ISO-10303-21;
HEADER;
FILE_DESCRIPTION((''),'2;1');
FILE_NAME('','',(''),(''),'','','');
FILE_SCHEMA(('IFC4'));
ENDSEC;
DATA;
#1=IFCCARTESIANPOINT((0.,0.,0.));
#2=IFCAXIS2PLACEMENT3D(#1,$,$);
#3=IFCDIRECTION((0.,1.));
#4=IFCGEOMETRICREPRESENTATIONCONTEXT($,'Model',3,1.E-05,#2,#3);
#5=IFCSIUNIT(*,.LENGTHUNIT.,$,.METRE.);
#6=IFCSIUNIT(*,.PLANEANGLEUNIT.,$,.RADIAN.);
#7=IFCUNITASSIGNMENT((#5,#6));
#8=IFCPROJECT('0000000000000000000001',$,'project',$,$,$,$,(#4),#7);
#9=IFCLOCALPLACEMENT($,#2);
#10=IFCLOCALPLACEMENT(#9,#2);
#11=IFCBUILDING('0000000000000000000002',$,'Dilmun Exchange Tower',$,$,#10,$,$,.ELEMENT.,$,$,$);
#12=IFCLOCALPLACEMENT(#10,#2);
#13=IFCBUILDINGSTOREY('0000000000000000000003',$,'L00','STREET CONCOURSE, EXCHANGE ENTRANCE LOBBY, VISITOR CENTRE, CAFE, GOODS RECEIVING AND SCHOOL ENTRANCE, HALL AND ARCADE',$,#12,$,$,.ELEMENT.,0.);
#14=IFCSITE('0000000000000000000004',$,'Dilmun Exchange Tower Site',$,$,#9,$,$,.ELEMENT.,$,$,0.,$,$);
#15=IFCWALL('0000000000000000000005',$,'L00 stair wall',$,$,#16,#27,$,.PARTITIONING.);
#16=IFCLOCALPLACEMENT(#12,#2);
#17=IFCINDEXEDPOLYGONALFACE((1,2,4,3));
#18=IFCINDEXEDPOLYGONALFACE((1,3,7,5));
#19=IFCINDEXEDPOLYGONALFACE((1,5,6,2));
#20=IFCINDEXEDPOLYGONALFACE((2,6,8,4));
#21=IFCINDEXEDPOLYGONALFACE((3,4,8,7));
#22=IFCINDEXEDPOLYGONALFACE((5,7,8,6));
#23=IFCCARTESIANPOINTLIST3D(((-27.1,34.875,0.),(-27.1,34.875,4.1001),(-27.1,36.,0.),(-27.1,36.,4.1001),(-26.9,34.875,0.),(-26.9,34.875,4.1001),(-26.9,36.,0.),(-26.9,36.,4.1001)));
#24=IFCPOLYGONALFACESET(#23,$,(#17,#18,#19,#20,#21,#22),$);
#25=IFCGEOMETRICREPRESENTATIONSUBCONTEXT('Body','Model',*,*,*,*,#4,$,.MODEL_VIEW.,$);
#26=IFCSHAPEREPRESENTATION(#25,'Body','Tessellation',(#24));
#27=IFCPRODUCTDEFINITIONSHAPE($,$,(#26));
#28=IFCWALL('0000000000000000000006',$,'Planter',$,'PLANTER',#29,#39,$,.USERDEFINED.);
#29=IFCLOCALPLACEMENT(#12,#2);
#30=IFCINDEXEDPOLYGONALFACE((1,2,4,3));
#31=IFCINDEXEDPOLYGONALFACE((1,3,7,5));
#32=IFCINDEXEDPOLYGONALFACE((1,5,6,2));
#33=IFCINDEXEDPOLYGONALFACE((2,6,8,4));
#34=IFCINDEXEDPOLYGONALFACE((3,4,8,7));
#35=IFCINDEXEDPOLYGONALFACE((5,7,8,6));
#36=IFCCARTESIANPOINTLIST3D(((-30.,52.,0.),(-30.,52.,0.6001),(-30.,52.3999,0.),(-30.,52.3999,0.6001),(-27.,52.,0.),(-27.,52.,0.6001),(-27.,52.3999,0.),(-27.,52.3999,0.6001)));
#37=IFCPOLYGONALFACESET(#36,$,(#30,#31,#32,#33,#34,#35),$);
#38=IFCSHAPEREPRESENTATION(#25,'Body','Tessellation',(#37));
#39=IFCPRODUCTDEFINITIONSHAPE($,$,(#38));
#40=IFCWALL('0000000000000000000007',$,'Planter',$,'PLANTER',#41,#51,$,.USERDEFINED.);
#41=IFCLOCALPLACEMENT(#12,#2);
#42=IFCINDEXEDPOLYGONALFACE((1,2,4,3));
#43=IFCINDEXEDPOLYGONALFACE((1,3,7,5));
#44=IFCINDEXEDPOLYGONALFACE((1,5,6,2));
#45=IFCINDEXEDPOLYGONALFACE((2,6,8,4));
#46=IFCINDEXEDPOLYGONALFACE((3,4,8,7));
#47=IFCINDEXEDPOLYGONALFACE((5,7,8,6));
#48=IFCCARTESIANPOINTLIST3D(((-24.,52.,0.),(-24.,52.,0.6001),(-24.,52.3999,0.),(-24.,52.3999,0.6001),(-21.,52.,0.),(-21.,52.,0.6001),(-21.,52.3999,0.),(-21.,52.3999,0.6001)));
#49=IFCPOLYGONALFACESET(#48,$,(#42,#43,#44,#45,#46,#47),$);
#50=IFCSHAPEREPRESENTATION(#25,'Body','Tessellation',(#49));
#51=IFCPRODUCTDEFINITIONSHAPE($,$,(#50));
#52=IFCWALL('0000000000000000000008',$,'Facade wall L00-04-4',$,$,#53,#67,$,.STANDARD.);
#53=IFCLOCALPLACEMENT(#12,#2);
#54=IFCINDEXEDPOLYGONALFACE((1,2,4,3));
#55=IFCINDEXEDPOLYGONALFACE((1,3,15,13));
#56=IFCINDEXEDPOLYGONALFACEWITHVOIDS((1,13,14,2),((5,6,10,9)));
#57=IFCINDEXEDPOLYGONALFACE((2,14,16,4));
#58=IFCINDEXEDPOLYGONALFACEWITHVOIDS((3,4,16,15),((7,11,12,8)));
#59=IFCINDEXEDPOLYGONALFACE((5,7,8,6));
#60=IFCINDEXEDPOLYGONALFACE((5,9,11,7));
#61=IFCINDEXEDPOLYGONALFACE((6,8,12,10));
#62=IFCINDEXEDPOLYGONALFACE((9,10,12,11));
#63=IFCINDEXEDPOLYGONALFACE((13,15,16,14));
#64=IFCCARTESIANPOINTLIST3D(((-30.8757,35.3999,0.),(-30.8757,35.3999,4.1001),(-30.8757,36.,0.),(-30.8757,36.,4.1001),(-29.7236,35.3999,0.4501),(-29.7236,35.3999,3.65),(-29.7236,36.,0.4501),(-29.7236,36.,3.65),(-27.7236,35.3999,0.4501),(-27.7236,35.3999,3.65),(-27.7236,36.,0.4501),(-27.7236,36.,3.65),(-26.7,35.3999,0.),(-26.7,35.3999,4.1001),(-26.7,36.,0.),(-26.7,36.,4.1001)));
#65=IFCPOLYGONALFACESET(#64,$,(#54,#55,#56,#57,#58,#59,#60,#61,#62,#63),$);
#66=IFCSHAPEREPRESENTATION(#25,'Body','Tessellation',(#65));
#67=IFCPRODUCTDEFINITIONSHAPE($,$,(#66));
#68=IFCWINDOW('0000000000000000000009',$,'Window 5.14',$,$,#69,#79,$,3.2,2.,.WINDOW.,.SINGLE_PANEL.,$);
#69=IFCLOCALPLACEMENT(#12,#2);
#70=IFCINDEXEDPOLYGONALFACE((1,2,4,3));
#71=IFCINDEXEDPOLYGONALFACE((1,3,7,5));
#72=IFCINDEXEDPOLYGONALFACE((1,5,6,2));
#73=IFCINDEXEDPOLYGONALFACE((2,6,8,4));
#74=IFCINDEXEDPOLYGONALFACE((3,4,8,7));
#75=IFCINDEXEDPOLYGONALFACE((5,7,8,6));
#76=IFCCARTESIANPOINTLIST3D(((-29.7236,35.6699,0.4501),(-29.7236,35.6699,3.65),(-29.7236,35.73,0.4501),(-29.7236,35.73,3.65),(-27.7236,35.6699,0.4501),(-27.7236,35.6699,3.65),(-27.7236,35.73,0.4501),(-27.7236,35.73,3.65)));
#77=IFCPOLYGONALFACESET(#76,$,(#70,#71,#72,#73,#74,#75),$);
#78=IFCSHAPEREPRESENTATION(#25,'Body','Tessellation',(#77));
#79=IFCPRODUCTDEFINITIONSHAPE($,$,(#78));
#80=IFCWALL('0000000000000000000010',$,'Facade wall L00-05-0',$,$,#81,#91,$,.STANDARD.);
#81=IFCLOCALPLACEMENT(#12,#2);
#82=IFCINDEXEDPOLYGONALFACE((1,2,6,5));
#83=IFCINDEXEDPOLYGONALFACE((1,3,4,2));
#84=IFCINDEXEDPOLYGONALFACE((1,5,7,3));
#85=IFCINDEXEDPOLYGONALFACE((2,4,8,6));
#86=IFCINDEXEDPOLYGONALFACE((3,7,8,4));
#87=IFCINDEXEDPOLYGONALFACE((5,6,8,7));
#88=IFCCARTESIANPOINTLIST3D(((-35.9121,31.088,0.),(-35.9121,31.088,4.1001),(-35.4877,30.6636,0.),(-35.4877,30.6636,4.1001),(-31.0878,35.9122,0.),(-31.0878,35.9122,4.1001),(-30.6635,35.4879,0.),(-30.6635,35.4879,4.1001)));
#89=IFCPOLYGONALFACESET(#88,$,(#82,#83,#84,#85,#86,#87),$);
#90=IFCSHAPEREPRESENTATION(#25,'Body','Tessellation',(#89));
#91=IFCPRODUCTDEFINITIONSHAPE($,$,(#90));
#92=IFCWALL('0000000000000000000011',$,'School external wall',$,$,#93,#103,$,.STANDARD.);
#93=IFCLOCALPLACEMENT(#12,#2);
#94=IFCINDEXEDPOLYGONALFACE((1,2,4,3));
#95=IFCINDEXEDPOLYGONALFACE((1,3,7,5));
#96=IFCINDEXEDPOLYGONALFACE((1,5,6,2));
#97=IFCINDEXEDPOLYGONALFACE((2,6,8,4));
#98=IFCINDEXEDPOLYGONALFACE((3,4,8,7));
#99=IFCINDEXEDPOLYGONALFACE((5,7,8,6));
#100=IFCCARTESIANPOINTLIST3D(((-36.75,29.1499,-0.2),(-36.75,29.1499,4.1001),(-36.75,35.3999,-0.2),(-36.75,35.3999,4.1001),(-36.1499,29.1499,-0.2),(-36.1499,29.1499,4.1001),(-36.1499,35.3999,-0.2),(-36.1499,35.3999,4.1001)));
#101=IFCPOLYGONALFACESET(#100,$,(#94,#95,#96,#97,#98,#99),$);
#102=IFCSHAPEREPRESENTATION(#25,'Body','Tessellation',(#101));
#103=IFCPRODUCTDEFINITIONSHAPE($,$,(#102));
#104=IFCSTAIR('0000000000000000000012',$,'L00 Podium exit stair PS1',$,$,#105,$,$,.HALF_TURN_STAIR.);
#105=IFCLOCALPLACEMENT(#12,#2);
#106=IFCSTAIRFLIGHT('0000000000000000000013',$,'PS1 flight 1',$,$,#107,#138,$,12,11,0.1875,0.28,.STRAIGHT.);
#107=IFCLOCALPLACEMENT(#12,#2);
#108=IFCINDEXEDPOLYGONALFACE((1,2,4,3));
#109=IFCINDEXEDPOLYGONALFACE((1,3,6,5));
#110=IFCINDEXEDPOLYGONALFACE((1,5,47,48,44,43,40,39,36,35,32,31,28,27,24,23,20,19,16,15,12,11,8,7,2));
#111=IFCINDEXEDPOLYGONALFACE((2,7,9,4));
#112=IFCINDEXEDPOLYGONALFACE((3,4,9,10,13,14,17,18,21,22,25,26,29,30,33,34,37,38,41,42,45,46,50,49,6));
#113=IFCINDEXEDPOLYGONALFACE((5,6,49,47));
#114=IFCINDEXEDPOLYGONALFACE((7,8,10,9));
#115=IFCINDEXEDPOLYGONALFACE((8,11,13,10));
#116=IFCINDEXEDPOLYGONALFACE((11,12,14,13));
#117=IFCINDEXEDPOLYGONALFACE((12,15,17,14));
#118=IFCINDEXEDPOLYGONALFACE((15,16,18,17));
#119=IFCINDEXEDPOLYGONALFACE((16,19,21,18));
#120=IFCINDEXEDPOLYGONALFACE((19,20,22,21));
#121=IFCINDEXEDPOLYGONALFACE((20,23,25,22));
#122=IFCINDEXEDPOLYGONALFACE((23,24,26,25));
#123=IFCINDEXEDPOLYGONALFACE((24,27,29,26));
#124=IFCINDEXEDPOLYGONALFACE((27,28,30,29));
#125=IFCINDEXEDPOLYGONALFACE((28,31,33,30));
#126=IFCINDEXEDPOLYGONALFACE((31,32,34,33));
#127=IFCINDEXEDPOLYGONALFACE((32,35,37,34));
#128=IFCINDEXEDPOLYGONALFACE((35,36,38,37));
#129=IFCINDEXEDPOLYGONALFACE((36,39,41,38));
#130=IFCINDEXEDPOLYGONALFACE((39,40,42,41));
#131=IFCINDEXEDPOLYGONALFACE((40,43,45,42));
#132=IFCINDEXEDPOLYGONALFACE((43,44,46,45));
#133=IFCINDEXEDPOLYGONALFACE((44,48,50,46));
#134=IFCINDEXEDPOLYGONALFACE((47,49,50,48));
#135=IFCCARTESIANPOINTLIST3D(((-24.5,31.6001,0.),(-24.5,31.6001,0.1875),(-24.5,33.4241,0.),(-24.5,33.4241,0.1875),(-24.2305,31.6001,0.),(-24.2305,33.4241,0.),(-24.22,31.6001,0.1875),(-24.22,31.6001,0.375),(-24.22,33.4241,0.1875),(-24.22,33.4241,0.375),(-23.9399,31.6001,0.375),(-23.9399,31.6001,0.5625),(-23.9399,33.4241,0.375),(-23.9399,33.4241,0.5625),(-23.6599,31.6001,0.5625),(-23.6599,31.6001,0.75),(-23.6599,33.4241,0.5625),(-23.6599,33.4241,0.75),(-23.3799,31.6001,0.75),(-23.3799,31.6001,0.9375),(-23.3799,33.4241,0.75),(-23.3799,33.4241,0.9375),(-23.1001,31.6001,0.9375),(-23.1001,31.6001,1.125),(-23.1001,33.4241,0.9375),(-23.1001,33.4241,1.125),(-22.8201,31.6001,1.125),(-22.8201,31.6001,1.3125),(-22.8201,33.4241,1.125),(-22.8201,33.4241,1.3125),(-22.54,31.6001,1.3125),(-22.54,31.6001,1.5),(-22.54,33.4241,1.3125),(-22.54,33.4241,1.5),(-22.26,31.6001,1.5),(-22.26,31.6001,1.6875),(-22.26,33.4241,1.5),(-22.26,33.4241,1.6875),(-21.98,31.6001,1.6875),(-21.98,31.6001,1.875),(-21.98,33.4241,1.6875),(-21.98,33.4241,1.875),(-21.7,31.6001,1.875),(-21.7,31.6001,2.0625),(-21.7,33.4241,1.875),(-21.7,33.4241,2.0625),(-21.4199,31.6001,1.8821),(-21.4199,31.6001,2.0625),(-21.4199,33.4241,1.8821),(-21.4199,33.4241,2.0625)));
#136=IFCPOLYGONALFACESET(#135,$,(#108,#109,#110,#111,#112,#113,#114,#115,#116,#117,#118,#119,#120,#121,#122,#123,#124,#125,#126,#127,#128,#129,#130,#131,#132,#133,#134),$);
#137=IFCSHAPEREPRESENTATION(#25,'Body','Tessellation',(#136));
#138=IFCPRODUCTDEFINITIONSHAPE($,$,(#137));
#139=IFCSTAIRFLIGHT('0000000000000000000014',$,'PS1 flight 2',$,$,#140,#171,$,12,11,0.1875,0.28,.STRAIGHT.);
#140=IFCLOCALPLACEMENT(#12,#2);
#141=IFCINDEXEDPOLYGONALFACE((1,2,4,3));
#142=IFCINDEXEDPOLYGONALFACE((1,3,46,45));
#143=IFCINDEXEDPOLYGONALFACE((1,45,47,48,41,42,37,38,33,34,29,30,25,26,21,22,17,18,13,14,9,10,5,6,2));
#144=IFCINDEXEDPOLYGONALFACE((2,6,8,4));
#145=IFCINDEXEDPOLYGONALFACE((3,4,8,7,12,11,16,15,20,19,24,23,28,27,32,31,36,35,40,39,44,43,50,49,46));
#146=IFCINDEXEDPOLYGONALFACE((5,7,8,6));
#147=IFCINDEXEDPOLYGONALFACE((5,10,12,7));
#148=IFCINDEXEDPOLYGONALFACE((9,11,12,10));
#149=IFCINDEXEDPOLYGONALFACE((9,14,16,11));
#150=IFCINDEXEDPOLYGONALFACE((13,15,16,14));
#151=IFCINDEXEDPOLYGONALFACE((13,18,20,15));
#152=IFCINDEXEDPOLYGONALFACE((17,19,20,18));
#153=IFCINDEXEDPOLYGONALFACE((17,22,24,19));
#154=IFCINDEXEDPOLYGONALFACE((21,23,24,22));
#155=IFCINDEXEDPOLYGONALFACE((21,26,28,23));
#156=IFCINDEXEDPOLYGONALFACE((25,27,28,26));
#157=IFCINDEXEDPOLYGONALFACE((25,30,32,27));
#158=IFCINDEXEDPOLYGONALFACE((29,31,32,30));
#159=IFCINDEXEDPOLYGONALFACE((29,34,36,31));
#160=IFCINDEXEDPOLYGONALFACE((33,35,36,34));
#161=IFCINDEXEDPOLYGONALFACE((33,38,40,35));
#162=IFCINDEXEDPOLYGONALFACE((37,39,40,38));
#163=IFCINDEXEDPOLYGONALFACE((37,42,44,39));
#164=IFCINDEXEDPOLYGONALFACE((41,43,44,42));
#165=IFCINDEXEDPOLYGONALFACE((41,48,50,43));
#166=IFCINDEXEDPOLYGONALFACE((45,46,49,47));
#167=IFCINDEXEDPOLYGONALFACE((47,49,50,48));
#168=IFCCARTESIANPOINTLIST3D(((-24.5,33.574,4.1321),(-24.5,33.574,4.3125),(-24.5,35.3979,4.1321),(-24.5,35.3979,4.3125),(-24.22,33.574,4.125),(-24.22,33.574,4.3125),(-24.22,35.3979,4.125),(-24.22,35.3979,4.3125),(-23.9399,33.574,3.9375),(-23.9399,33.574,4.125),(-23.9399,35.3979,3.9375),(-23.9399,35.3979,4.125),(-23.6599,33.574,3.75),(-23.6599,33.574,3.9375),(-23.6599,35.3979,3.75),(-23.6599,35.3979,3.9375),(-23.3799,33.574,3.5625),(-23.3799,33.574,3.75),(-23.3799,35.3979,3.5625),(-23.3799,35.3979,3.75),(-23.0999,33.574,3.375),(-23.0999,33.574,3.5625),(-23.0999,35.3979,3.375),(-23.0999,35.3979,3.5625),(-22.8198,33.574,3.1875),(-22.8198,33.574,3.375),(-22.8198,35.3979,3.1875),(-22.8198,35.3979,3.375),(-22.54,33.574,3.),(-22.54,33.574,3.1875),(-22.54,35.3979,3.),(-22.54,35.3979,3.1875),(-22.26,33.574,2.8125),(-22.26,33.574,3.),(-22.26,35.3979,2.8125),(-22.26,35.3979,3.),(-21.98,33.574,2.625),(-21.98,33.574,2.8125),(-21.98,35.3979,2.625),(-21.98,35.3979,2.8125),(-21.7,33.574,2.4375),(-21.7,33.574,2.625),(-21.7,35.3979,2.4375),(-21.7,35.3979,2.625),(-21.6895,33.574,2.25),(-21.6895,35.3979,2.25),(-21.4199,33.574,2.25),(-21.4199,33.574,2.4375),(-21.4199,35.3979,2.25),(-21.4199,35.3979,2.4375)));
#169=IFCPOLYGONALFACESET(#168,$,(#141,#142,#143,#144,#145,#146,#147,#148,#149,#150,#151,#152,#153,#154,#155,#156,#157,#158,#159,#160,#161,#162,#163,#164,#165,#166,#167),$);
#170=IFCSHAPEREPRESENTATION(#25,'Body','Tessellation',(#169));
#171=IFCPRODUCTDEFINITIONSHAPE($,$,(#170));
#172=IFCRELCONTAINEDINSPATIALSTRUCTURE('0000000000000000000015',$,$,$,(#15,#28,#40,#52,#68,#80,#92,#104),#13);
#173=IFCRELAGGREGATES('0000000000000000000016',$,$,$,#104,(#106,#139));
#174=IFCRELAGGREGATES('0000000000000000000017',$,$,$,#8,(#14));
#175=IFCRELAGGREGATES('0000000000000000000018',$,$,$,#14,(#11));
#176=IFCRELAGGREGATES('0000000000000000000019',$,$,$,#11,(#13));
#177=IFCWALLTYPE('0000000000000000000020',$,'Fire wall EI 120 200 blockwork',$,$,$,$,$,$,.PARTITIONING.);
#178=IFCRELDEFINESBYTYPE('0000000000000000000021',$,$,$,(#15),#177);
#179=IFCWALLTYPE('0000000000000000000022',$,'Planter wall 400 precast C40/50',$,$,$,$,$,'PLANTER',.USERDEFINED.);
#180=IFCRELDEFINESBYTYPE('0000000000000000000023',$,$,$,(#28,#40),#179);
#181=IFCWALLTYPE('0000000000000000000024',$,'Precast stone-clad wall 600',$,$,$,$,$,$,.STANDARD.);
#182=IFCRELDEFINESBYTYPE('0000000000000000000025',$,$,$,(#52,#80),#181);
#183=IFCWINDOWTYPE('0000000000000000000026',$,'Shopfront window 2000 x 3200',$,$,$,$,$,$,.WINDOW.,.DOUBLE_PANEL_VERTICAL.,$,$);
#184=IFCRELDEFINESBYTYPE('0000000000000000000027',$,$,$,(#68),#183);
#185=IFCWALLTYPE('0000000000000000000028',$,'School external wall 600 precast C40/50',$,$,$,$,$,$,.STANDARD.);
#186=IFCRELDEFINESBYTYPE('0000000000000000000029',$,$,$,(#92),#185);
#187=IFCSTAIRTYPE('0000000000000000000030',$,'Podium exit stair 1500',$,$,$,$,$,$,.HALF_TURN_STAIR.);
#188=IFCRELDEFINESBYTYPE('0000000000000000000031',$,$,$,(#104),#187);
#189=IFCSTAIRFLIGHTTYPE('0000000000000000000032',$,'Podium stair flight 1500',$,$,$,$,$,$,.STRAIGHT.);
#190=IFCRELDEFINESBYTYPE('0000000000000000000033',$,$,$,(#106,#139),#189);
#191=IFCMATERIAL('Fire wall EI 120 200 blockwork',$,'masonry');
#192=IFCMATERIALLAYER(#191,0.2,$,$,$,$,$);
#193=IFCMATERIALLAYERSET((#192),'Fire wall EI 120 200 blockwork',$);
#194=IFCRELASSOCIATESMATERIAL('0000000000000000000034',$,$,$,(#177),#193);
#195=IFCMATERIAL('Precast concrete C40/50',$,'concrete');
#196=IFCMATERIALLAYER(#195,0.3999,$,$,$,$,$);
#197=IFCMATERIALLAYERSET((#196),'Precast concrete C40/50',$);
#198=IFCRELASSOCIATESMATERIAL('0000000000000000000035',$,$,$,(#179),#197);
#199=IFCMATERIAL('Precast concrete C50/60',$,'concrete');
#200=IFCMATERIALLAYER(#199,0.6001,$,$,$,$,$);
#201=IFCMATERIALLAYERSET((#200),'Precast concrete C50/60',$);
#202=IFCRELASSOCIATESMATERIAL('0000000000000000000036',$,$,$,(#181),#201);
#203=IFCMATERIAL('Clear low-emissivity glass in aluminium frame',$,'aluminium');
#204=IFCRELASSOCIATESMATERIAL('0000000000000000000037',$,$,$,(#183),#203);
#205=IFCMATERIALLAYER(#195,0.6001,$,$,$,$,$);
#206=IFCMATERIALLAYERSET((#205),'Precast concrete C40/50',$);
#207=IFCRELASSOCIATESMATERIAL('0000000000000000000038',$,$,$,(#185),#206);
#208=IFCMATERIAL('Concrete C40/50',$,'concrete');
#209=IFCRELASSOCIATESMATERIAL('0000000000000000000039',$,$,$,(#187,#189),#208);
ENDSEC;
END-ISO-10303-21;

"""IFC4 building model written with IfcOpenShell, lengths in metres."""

from ifc_helpers import new_model, si_unit, direction, frame, frame_2d, origin, place, context, subcontext, project, spatial, polyline, rectangle, outline, extrude, material, layer, layer_set, type_object, element, fill, aggregate, save


model = new_model("IFC4")

# Units and contexts
model_context = context("Model", 3, precision=1e-05, world=origin(), true_north=direction((0.0, 1.0)))
body_context = subcontext(model_context, "Body", "Model", "MODEL_VIEW")
ifc_project = project(units=[si_unit("LENGTHUNIT", "METRE"), si_unit("PLANEANGLEUNIT", "RADIAN")], contexts=[model_context])

# Site, building, storey
site_placement = place(None, origin())
site = spatial("IfcSite", under=ifc_project, at=site_placement, Name="Dilmun Exchange Tower Site", CompositionType="ELEMENT", RefElevation=0.0)
building_placement = place(site_placement, origin())
building = spatial("IfcBuilding", under=site, at=building_placement, Name="Dilmun Exchange Tower", CompositionType="ELEMENT")
storey_placement = place(building_placement, origin())
storey = spatial("IfcBuildingStorey", under=building, at=storey_placement, Name="L00", Description="STREET CONCOURSE, EXCHANGE ENTRANCE LOBBY, VISITOR CENTRE, CAFE, GOODS RECEIVING AND SCHOOL ENTRANCE, HALL AND ARCADE", CompositionType="ELEMENT", Elevation=0.0)

# Shared definitions
ifc_material_1 = material(Name="Concrete C40/50", Category="concrete")

# Walls
ifc_material_2 = material(Name="Fire wall EI 120 200 blockwork", Category="masonry")
ifc_layer_1 = layer(ifc_material_2, 0.2)
ifc_layer_set_1 = layer_set([ifc_layer_1], Name="Fire wall EI 120 200 blockwork")
wall_type_1 = type_object("IfcWallType", Name="Fire wall EI 120 200 blockwork", PredefinedType="PARTITIONING", material=ifc_layer_set_1)
wall_1_placement = place(storey_placement, frame((-27.0, 34.875, 0.0), z_axis=(0.0, 0.0, 1.0), x_axis=(0.0, 1.0, 0.0)))
element("IfcWall", 1, at=wall_1_placement, inside=storey, type_object=wall_type_1, Name="L00 stair wall", PredefinedType="PARTITIONING", context=body_context, shape_type="SweptSolid", body=[
    extrude(rectangle(XDim=1.125, YDim=0.2, at=frame_2d((0.5625, 0.0))), origin(), (0.0, 0.0, 1.0), 4.1001),
])
ifc_material_3 = material(Name="Precast concrete C40/50", Category="concrete")
ifc_layer_2 = layer(ifc_material_3, 0.3999)
ifc_layer_set_2 = layer_set([ifc_layer_2], Name="Precast concrete C40/50")
wall_type_2 = type_object("IfcWallType", Name="Planter wall 400 precast C40/50", ElementType="PLANTER", PredefinedType="USERDEFINED", material=ifc_layer_set_2)
for number, where, z_axis, x_axis, name in (
    (2, (-30.0, 52.2, 0.0), (0.0, 0.0, 1.0), (1.0, 0.0, 0.0), "Planter"),
    (3, (-24.0, 52.2, 0.0), (0.0, 0.0, 1.0), (1.0, 0.0, 0.0), "Planter"),
):
    element("IfcWall", number, at=place(storey_placement, frame(where, z_axis=z_axis, x_axis=x_axis)), inside=storey, type_object=wall_type_2, Name=name, ObjectType="PLANTER", PredefinedType="USERDEFINED", context=body_context, shape_type="SweptSolid", body=[
        extrude(rectangle(XDim=3.0, YDim=0.3999, at=frame_2d((1.5, 0.0))), origin(), (0.0, 0.0, 1.0), 0.6001),
    ])

# Shared definitions
ifc_material_4 = material(Name="Precast concrete C50/60", Category="concrete")
ifc_layer_3 = layer(ifc_material_4, 0.6001)
ifc_layer_set_3 = layer_set([ifc_layer_3], Name="Precast concrete C50/60")
wall_type_3 = type_object("IfcWallType", Name="Precast stone-clad wall 600", PredefinedType="STANDARD", material=ifc_layer_set_3)
ifc_material_5 = material(Name="Clear low-emissivity glass in aluminium frame", Category="aluminium")

# Wall, opening, window
wall_2_placement = place(storey_placement, frame((-26.7, 35.7, 0.0), z_axis=(0.0, 0.0, 1.0), x_axis=(-1.0, 0.0, 0.0)))
wall_2 = element("IfcWall", 4, at=wall_2_placement, inside=storey, type_object=wall_type_3, Name="Facade wall L00-04-4", PredefinedType="STANDARD", context=body_context, shape_type="SweptSolid", body=[
    extrude(rectangle(XDim=4.1758, YDim=0.6001, at=frame_2d((2.0879, 0.0))), origin(), (0.0, 0.0, 1.0), 4.1001),
])
opening_1_placement = place(wall_2_placement, frame((1.0237, 0.0, 0.45)))
opening_1 = element("IfcOpeningElement", 5, at=opening_1_placement, cuts=wall_2, PredefinedType="OPENING", context=body_context, shape_type="SweptSolid", body=[
    extrude(rectangle(XDim=2.0, YDim=3.2, at=frame_2d((1.0, 1.6001))), frame((0.0, 0.3101, 0.0), z_axis=(0.0, -1.0, 0.0), x_axis=(1.0, 0.0, 0.0)), (0.0, 0.0, 1.0), 0.6201),
])
window_type = type_object("IfcWindowType", Name="Shopfront window 2000 x 3200", PartitioningType="DOUBLE_PANEL_VERTICAL", PredefinedType="WINDOW", material=ifc_material_5)
window_placement = place(opening_1_placement, origin())
window = element("IfcWindow", 6, at=window_placement, inside=storey, type_object=window_type, Name="Window 5.14", OverallHeight=3.2, OverallWidth=2.0, PartitioningType="SINGLE_PANEL", PredefinedType="WINDOW", context=body_context, shape_type="SweptSolid", body=[
    extrude(rectangle(XDim=2.0, YDim=3.2, at=frame_2d((1.0, 1.6001))), frame((0.0, 0.03, 0.0), z_axis=(0.0, -1.0, 0.0), x_axis=(1.0, 0.0, 0.0)), (0.0, 0.0, 1.0), 0.0601),
])
fill(opening_1, window)

# Walls
wall_3_placement = place(storey_placement, frame((-30.8757, 35.7, 0.0), z_axis=(0.0, 0.0, 1.0), x_axis=(-0.707107, -0.707107, 0.0)))
element("IfcWall", 7, at=wall_3_placement, inside=storey, type_object=wall_type_3, Name="Facade wall L00-05-0", PredefinedType="STANDARD", context=body_context, shape_type="SweptSolid", body=[
    extrude(rectangle(XDim=6.8225, YDim=0.6001, at=frame_2d((3.4111, 0.0))), origin(), (0.0, 0.0, 1.0), 4.1001),
])
ifc_layer_4 = layer(ifc_material_3, 0.6001)
ifc_layer_set_4 = layer_set([ifc_layer_4], Name="Precast concrete C40/50")
wall_type_4 = type_object("IfcWallType", Name="School external wall 600 precast C40/50", PredefinedType="STANDARD", material=ifc_layer_set_4)
wall_4_placement = place(storey_placement, frame((-36.45, 35.3999, -0.2), z_axis=(0.0, 0.0, 1.0), x_axis=(0.0, -1.0, 0.0)))
element("IfcWall", 8, at=wall_4_placement, inside=storey, type_object=wall_type_4, Name="School external wall", PredefinedType="STANDARD", context=body_context, shape_type="SweptSolid", body=[
    extrude(rectangle(XDim=6.25, YDim=0.6001, at=frame_2d((3.125, 0.0))), origin(), (0.0, 0.0, 1.0), 4.3),
])

# Stair, stair flights
stair_type = type_object("IfcStairType", Name="Podium exit stair 1500", PredefinedType="HALF_TURN_STAIR", material=ifc_material_1)
stair_placement = place(storey_placement, origin())
stair = element("IfcStair", 9, at=stair_placement, inside=storey, type_object=stair_type, Name="L00 Podium exit stair PS1", PredefinedType="HALF_TURN_STAIR")
stair_flight_type = type_object("IfcStairFlightType", Name="Podium stair flight 1500", PredefinedType="STRAIGHT", material=ifc_material_1)
stair_flight_1_placement = place(storey_placement, frame((-24.5, 32.512, 0.0), z_axis=(0.0, 0.0, 1.0), x_axis=(1.0, 0.0, 0.0)))
stair_flight_1 = element("IfcStairFlight", 10, at=stair_flight_1_placement, type_object=stair_flight_type, Name="PS1 flight 1", NumberOfRisers=12, NumberOfTreads=11, PredefinedType="STRAIGHT", RiserHeight=0.1875, TreadLength=0.28, context=body_context, shape_type="SweptSolid", body=[
    extrude(outline(polyline([(0.0, 0.0), (0.0, 0.1875), (0.28, 0.1875), (0.28, 0.375), (0.5601, 0.375), (0.5601, 0.5625), (0.8401, 0.5625), (0.8401, 0.75), (1.1201, 0.75), (1.1201, 0.9375), (1.3999, 0.9375), (1.3999, 1.125), (1.6799, 1.125), (1.6799, 1.3125), (1.96, 1.3125), (1.96, 1.5), (2.24, 1.5), (2.24, 1.6875), (2.52, 1.6875), (2.52, 1.875), (2.8, 1.875), (2.8, 2.0625), (3.0801, 2.0625), (3.0801, 2.25), (3.0801, 1.8821), (0.2695, 0.0), (0.0, 0.0)])), frame((0.0, 0.9121, 0.0), z_axis=(0.0, -1.0, 0.0), x_axis=(1.0, 0.0, 0.0)), (0.0, 0.0, 1.0), 1.824),
])
stair_flight_2_placement = place(storey_placement, frame((-21.4199, 34.4861, 2.25), z_axis=(0.0, 0.0, 1.0), x_axis=(-1.0, 0.0, 0.0)))
stair_flight_2 = element("IfcStairFlight", 11, at=stair_flight_2_placement, type_object=stair_flight_type, Name="PS1 flight 2", NumberOfRisers=12, NumberOfTreads=11, PredefinedType="STRAIGHT", RiserHeight=0.1875, TreadLength=0.28, context=body_context, shape_type="SweptSolid", body=[
    extrude(outline(polyline([(0.0, 0.0), (0.0, 0.1875), (0.28, 0.1875), (0.28, 0.375), (0.5601, 0.375), (0.5601, 0.5625), (0.8401, 0.5625), (0.8401, 0.75), (1.1201, 0.75), (1.1201, 0.9375), (1.3999, 0.9375), (1.3999, 1.125), (1.6799, 1.125), (1.6799, 1.3125), (1.96, 1.3125), (1.96, 1.5), (2.24, 1.5), (2.24, 1.6875), (2.52, 1.6875), (2.52, 1.875), (2.8, 1.875), (2.8, 2.0625), (3.0801, 2.0625), (3.0801, 2.25), (3.0801, 1.8821), (0.2695, 0.0), (0.0, 0.0)])), frame((0.0, 0.9121, 0.0), z_axis=(0.0, -1.0, 0.0), x_axis=(1.0, 0.0, 0.0)), (0.0, 0.0, 1.0), 1.824),
])
aggregate(stair, [stair_flight_1, stair_flight_2])

save(model, "model.ifc")
